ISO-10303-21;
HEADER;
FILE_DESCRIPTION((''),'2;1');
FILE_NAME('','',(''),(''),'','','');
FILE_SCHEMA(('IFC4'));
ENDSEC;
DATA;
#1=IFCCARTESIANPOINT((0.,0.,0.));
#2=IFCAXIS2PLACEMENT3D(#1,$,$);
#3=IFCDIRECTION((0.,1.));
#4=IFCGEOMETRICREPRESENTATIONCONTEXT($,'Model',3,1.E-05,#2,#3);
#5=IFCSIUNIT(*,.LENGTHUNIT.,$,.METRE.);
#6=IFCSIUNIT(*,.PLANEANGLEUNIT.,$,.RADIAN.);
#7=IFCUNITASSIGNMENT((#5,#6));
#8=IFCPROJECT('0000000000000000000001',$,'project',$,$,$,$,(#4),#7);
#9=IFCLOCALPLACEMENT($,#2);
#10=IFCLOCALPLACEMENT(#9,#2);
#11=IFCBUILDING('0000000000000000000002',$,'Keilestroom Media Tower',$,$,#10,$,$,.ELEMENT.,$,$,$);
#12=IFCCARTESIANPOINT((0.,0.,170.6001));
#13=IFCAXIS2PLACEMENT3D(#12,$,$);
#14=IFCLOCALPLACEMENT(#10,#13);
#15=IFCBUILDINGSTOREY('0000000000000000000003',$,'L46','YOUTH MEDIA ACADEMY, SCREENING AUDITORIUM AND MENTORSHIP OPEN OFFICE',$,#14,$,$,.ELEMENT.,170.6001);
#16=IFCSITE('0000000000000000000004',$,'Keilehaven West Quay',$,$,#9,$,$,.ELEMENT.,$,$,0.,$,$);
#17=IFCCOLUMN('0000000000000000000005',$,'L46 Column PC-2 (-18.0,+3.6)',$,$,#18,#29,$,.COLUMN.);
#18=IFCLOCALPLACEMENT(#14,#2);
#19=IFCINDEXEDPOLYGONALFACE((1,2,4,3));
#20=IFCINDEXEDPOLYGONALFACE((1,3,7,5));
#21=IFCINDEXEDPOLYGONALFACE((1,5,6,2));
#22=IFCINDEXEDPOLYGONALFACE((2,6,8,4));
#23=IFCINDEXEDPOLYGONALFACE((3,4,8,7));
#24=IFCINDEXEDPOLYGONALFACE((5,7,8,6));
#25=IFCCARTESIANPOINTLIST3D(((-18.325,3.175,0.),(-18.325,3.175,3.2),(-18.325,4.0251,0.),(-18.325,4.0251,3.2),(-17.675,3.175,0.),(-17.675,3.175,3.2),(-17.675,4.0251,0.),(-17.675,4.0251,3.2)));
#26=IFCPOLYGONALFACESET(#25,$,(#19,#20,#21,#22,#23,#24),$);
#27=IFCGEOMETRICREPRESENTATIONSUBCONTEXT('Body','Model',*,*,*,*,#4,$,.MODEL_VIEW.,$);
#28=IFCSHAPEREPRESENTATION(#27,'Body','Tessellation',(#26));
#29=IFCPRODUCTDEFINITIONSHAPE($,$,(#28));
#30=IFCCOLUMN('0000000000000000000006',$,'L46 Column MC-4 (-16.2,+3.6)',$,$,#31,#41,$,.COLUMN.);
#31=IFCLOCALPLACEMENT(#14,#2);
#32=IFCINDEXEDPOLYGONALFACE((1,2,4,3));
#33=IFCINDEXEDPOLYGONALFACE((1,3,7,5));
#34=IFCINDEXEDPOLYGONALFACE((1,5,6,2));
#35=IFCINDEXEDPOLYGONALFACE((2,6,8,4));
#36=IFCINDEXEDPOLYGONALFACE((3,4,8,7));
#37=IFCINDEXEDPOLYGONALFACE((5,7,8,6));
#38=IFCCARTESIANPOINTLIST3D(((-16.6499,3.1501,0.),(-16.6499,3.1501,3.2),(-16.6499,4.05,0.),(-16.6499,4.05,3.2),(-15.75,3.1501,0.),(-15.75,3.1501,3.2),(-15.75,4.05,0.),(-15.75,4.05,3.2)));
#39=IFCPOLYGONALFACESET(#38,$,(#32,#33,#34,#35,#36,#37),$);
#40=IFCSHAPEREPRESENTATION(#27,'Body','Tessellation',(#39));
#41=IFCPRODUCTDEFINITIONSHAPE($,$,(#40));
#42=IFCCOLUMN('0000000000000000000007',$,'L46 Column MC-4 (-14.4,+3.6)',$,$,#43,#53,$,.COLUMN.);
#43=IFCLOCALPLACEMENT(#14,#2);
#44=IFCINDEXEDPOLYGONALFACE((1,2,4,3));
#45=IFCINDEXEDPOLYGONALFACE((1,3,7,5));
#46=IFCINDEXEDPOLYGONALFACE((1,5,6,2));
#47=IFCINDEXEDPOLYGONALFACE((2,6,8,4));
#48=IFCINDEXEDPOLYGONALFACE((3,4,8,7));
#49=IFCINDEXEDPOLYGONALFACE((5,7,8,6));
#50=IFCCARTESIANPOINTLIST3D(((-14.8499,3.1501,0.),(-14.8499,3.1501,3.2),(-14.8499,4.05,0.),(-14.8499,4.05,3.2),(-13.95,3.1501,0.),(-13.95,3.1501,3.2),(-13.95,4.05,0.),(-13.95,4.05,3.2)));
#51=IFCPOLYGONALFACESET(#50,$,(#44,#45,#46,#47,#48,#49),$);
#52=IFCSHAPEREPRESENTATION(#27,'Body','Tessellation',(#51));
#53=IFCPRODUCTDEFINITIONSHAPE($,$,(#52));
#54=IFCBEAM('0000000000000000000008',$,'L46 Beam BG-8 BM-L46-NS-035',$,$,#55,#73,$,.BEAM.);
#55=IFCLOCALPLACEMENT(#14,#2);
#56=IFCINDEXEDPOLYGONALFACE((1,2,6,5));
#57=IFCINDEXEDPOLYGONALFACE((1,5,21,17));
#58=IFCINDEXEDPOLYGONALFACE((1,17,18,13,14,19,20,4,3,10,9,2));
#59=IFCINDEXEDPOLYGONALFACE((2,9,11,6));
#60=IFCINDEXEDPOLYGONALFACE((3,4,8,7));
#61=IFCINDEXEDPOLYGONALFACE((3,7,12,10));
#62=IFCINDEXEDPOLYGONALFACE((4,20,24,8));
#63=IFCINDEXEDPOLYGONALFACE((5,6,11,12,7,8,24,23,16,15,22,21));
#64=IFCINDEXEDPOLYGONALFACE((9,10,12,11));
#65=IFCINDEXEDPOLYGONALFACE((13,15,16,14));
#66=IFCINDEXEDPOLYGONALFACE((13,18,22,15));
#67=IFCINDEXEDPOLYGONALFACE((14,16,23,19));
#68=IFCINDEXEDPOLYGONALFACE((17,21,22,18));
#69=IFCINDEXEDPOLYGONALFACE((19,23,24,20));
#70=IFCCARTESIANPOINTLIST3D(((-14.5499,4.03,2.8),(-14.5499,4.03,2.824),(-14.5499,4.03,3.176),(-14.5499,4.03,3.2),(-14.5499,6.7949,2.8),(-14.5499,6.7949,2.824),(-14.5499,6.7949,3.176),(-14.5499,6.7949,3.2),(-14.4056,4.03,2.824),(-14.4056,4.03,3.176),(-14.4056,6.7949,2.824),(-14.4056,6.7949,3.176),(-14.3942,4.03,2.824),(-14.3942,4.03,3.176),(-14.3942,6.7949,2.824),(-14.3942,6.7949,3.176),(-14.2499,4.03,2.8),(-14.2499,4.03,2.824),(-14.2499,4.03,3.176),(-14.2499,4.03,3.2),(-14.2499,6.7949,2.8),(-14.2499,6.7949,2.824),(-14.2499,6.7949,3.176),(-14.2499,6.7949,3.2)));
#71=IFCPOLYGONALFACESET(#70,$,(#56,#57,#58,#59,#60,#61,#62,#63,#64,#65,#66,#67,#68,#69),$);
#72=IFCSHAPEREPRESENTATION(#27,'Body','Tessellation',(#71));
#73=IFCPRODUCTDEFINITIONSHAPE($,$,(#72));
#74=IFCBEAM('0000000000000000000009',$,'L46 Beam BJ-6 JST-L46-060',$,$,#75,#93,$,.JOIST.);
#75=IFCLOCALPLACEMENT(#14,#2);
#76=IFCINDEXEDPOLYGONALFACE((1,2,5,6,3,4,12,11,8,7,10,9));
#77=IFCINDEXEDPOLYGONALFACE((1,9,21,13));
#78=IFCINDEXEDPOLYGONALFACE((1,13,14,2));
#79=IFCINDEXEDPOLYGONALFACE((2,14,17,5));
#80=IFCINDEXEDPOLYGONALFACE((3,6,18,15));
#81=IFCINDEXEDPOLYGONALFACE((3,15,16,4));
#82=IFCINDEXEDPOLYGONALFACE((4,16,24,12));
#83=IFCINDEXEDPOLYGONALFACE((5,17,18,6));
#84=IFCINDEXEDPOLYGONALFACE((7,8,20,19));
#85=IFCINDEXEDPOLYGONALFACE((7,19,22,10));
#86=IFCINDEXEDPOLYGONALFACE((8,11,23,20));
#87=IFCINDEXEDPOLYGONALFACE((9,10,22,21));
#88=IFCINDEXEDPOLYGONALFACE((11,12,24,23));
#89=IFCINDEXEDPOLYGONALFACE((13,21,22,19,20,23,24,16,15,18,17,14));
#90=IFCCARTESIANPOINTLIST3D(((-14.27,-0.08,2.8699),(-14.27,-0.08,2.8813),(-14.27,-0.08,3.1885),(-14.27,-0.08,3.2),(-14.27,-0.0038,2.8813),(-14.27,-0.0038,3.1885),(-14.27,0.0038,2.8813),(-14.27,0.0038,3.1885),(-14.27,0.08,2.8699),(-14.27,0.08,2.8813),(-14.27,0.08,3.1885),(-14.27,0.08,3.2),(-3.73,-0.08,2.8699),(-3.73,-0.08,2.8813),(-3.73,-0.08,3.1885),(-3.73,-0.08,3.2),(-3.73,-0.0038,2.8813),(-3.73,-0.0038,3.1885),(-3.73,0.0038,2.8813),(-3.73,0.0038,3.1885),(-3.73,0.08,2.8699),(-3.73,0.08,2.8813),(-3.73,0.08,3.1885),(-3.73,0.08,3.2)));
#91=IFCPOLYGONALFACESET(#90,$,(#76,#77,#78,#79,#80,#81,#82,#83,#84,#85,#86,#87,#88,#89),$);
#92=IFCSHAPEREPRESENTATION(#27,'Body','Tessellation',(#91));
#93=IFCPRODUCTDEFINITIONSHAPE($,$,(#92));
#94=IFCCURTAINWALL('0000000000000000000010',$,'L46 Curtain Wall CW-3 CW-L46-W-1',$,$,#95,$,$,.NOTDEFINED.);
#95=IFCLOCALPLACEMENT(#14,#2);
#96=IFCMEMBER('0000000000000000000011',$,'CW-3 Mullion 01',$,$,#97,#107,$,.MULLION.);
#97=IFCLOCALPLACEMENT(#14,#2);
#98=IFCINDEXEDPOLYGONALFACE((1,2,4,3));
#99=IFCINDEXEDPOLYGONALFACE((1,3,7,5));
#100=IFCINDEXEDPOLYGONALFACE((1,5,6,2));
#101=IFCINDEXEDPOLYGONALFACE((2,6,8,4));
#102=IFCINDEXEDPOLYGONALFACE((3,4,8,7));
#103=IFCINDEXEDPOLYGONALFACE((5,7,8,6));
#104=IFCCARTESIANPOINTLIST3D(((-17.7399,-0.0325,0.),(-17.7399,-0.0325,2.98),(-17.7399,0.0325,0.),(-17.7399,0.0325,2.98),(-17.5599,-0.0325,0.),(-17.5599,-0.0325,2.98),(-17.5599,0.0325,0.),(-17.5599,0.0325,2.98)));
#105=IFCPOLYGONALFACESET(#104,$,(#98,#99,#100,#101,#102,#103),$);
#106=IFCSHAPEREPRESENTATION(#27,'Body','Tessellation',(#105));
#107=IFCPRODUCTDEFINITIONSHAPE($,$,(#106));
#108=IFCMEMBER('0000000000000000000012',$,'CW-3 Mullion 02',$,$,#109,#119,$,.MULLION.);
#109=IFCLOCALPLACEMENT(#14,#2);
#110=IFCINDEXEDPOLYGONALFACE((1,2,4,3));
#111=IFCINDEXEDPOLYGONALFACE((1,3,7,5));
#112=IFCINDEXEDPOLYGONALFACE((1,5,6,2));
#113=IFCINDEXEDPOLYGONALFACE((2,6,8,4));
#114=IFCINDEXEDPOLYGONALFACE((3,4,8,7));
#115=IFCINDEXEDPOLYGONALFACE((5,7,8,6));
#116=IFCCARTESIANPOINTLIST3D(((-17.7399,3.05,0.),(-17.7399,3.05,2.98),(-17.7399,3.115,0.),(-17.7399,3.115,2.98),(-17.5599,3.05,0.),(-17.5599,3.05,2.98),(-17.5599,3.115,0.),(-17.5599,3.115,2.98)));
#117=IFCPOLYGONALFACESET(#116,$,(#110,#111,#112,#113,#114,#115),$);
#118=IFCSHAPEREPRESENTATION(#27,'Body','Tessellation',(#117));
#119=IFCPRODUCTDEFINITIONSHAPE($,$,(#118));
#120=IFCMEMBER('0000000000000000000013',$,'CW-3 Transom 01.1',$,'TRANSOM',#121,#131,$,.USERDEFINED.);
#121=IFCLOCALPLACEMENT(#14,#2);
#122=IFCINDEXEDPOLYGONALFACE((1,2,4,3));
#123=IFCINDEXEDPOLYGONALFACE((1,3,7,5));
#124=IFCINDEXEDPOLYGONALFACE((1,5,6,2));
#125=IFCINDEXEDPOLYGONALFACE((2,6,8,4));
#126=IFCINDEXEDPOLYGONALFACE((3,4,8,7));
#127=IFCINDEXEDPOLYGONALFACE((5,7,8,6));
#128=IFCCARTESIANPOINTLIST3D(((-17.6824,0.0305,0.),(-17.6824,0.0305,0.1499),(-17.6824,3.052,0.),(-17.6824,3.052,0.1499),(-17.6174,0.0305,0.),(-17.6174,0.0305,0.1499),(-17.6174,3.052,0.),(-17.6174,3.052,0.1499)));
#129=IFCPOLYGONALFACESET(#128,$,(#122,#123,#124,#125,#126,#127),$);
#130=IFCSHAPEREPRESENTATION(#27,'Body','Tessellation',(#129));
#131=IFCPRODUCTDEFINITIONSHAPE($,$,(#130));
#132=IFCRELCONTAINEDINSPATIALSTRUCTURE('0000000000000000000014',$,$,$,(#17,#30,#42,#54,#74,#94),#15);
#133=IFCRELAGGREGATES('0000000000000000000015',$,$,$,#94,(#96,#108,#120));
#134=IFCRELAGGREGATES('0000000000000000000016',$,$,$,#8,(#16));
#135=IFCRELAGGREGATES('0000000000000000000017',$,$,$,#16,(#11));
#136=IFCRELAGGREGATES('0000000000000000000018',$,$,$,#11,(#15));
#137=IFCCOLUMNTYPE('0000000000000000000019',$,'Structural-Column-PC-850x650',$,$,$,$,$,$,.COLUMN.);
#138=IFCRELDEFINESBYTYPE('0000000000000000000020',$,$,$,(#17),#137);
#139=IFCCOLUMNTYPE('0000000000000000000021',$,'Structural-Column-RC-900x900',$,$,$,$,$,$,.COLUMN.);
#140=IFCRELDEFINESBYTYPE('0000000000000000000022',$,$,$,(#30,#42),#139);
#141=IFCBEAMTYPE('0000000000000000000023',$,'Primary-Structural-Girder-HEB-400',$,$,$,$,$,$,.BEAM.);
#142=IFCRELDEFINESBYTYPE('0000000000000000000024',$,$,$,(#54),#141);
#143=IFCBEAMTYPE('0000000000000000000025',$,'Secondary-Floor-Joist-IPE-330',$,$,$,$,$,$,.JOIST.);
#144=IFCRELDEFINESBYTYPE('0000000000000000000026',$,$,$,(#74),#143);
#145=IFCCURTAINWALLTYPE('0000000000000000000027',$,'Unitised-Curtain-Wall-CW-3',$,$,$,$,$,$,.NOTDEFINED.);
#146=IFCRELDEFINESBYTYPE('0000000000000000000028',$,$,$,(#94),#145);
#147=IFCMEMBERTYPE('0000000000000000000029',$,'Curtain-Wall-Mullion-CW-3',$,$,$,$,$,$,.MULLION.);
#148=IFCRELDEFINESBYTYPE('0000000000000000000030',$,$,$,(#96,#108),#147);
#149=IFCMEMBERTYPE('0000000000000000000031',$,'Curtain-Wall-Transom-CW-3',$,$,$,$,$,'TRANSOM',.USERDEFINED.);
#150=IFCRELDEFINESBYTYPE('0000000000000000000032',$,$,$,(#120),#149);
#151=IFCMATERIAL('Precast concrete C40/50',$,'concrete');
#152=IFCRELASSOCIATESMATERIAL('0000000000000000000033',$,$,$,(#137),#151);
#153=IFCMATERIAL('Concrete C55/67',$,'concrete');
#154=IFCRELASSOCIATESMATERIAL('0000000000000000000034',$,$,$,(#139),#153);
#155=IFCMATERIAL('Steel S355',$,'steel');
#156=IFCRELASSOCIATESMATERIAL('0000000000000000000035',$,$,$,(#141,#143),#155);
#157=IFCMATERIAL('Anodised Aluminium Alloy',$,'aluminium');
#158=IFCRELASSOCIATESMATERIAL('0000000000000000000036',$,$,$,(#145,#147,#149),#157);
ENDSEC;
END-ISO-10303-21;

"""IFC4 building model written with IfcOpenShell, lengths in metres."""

from ifc_helpers import new_model, si_unit, direction, frame, origin, origin_2d, place, context, subcontext, project, spatial, rectangle, i_section, extrude, source, transform, mapped, material, material_profile, profile_set, type_object, element, aggregate, save


model = new_model("IFC4")

# Units and contexts
model_context = context("Model", 3, precision=1e-05, world=origin(), true_north=direction((0.0, 1.0)))
body_context = subcontext(model_context, "Body", "Model", "MODEL_VIEW")
ifc_project = project(units=[si_unit("LENGTHUNIT", "METRE"), si_unit("PLANEANGLEUNIT", "RADIAN")], contexts=[model_context])

# Site, building, storey
site_placement = place(None, origin())
site = spatial("IfcSite", under=ifc_project, at=site_placement, Name="Keilehaven West Quay", CompositionType="ELEMENT", RefElevation=0.0)
building_placement = place(site_placement, origin())
building = spatial("IfcBuilding", under=site, at=building_placement, Name="Keilestroom Media Tower", CompositionType="ELEMENT")
storey_placement = place(building_placement, frame((0.0, 0.0, 170.6001)))
storey = spatial("IfcBuildingStorey", under=building, at=storey_placement, Name="L46", Description="YOUTH MEDIA ACADEMY, SCREENING AUDITORIUM AND MENTORSHIP OPEN OFFICE", CompositionType="ELEMENT", Elevation=170.6001)

# Columns
ifc_material_1 = material(Name="Precast concrete C40/50", Category="concrete")
ifc_material_profile_1 = material_profile(ifc_material_1, rectangle(XDim=0.6499, YDim=0.8501, at=origin_2d()), Name="PC 850x650")
ifc_profile_set_1 = profile_set([ifc_material_profile_1], Name="Precast concrete C40/50")
column_type_1 = type_object("IfcColumnType", Name="Structural-Column-PC-850x650", PredefinedType="COLUMN", material=ifc_profile_set_1)
shared_shape_1 = source(origin(), body_context, "Body", "SweptSolid", [
    extrude(rectangle(XDim=0.6499, YDim=0.8501, at=origin_2d()), origin(), (0.0, 0.0, 1.0), 3.2),
])
column_placement = place(storey_placement, frame((-18.0, 3.6001, 0.0), z_axis=(0.0, 0.0, 1.0), x_axis=(1.0, 0.0, 0.0)))
element("IfcColumn", 1, at=column_placement, inside=storey, type_object=column_type_1, Name="L46 Column PC-2 (-18.0,+3.6)", PredefinedType="COLUMN", context=body_context, shape_type="MappedRepresentation", body=[
    mapped(shared_shape_1, transform((0.0, 0.0, 0.0), x_axis=(1.0, 0.0, 0.0), y_axis=(0.0, 1.0, 0.0), z_axis=(0.0, 0.0, 1.0), scale=1.0)),
])
ifc_material_2 = material(Name="Concrete C55/67", Category="concrete")
ifc_material_profile_2 = material_profile(ifc_material_2, rectangle(XDim=0.8999, YDim=0.8999, at=origin_2d()), Name="RC 900x900")
ifc_profile_set_2 = profile_set([ifc_material_profile_2], Name="Concrete C55/67")
column_type_2 = type_object("IfcColumnType", Name="Structural-Column-RC-900x900", PredefinedType="COLUMN", material=ifc_profile_set_2)
shared_shape_2 = source(origin(), body_context, "Body", "SweptSolid", [
    extrude(rectangle(XDim=0.8999, YDim=0.8999, at=origin_2d()), origin(), (0.0, 0.0, 1.0), 3.2),
])
for number, where, z_axis, x_axis, name in (
    (2, (-16.2, 3.6001, 0.0), (0.0, 0.0, 1.0), (1.0, 0.0, 0.0), "L46 Column MC-4 (-16.2,+3.6)"),
    (3, (-14.3999, 3.6001, 0.0), (0.0, 0.0, 1.0), (1.0, 0.0, 0.0), "L46 Column MC-4 (-14.4,+3.6)"),
):
    element("IfcColumn", number, at=place(storey_placement, frame(where, z_axis=z_axis, x_axis=x_axis)), inside=storey, type_object=column_type_2, Name=name, PredefinedType="COLUMN", context=body_context, shape_type="MappedRepresentation", body=[
        mapped(shared_shape_2, transform((0.0, 0.0, 0.0), x_axis=(1.0, 0.0, 0.0), y_axis=(0.0, 1.0, 0.0), z_axis=(0.0, 0.0, 1.0), scale=1.0)),
    ])

# Beams
ifc_material_3 = material(Name="Steel S355", Category="steel")
ifc_material_profile_3 = material_profile(ifc_material_3, i_section(OverallWidth=0.3, OverallDepth=0.3999, WebThickness=0.0115, FlangeThickness=0.0239, at=origin_2d()), Name="HEB 400")
ifc_profile_set_3 = profile_set([ifc_material_profile_3], Name="Steel S355")
beam_type_1 = type_object("IfcBeamType", Name="Primary-Structural-Girder-HEB-400", PredefinedType="BEAM", material=ifc_profile_set_3)
shared_shape_3 = source(origin(), body_context, "Body", "SweptSolid", [
    extrude(i_section(OverallWidth=0.3, OverallDepth=0.3999, WebThickness=0.0115, FlangeThickness=0.0239, at=origin_2d()), origin(), (0.0, 0.0, 1.0), 2.7649),
])
beam_1_placement = place(storey_placement, frame((-14.3999, 4.03, 3.0), z_axis=(0.0, 1.0, 0.0), x_axis=(-1.0, 0.0, 0.0)))
element("IfcBeam", 4, at=beam_1_placement, inside=storey, type_object=beam_type_1, Name="L46 Beam BG-8 BM-L46-NS-035", PredefinedType="BEAM", context=body_context, shape_type="MappedRepresentation", body=[
    mapped(shared_shape_3, transform((0.0, 0.0, 0.0), x_axis=(1.0, 0.0, 0.0), y_axis=(0.0, 1.0, 0.0), z_axis=(0.0, 0.0, 1.0), scale=1.0)),
])
ifc_material_profile_4 = material_profile(ifc_material_3, i_section(OverallWidth=0.1599, OverallDepth=0.3301, WebThickness=0.0076, FlangeThickness=0.0115, at=origin_2d()), Name="IPE 330")
ifc_profile_set_4 = profile_set([ifc_material_profile_4], Name="Steel S355")
beam_type_2 = type_object("IfcBeamType", Name="Secondary-Floor-Joist-IPE-330", PredefinedType="JOIST", material=ifc_profile_set_4)
shared_shape_4 = source(origin(), body_context, "Body", "SweptSolid", [
    extrude(i_section(OverallWidth=0.1599, OverallDepth=0.3301, WebThickness=0.0076, FlangeThickness=0.0115, at=origin_2d()), origin(), (0.0, 0.0, 1.0), 10.54),
])
beam_2_placement = place(storey_placement, frame((-14.27, 0.0, 3.0349), z_axis=(1.0, 0.0, 0.0), x_axis=(0.0, 1.0, 0.0)))
element("IfcBeam", 5, at=beam_2_placement, inside=storey, type_object=beam_type_2, Name="L46 Beam BJ-6 JST-L46-060", PredefinedType="JOIST", context=body_context, shape_type="MappedRepresentation", body=[
    mapped(shared_shape_4, transform((0.0, 0.0, 0.0), x_axis=(1.0, 0.0, 0.0), y_axis=(0.0, 1.0, 0.0), z_axis=(0.0, 0.0, 1.0), scale=1.0)),
])

# Curtain wall, members
ifc_material_4 = material(Name="Anodised Aluminium Alloy", Category="aluminium")
curtain_wall_type = type_object("IfcCurtainWallType", Name="Unitised-Curtain-Wall-CW-3", PredefinedType="NOTDEFINED", material=ifc_material_4)
curtain_wall_placement = place(storey_placement, origin())
curtain_wall = element("IfcCurtainWall", 6, at=curtain_wall_placement, inside=storey, type_object=curtain_wall_type, Name="L46 Curtain Wall CW-3 CW-L46-W-1", PredefinedType="NOTDEFINED")
ifc_material_profile_5 = material_profile(ifc_material_4, rectangle(XDim=0.0649, YDim=0.1799, at=origin_2d()), Name="ALU MULLION 65x180")
ifc_profile_set_5 = profile_set([ifc_material_profile_5], Name="Anodised Aluminium Alloy")
member_type_1 = type_object("IfcMemberType", Name="Curtain-Wall-Mullion-CW-3", PredefinedType="MULLION", material=ifc_profile_set_5)
shared_shape_5 = source(origin(), body_context, "Body", "SweptSolid", [
    extrude(rectangle(XDim=0.0649, YDim=0.1799, at=origin_2d()), origin(), (0.0, 0.0, 1.0), 2.98),
])
member_1_placement = place(storey_placement, frame((-17.6499, 0.0, 0.0), z_axis=(0.0, 0.0, 1.0), x_axis=(0.0, 1.0, 0.0)))
member_1 = element("IfcMember", 7, at=member_1_placement, type_object=member_type_1, Name="CW-3 Mullion 01", PredefinedType="MULLION", context=body_context, shape_type="MappedRepresentation", body=[
    mapped(shared_shape_5, transform((0.0, 0.0, 0.0), x_axis=(1.0, 0.0, 0.0), y_axis=(0.0, 1.0, 0.0), z_axis=(0.0, 0.0, 1.0), scale=1.0)),
])
member_2_placement = place(storey_placement, frame((-17.6499, 3.0825, 0.0), z_axis=(0.0, 0.0, 1.0), x_axis=(0.0, 1.0, 0.0)))
member_2 = element("IfcMember", 8, at=member_2_placement, type_object=member_type_1, Name="CW-3 Mullion 02", PredefinedType="MULLION", context=body_context, shape_type="MappedRepresentation", body=[
    mapped(shared_shape_5, transform((0.0, 0.0, 0.0), x_axis=(1.0, 0.0, 0.0), y_axis=(0.0, 1.0, 0.0), z_axis=(0.0, 0.0, 1.0), scale=1.0)),
])
ifc_material_profile_6 = material_profile(ifc_material_4, rectangle(XDim=0.0649, YDim=0.1499, at=origin_2d()), Name="ALU TRANSOM 65x150")
ifc_profile_set_6 = profile_set([ifc_material_profile_6], Name="Anodised Aluminium Alloy")
member_type_2 = type_object("IfcMemberType", Name="Curtain-Wall-Transom-CW-3", ElementType="TRANSOM", PredefinedType="USERDEFINED", material=ifc_profile_set_6)
shared_shape_6 = source(origin(), body_context, "Body", "SweptSolid", [
    extrude(rectangle(XDim=0.0649, YDim=0.1499, at=origin_2d()), origin(), (0.0, 0.0, 1.0), 3.0215),
])
member_3_placement = place(storey_placement, frame((-17.6499, 0.0305, 0.075), z_axis=(0.0, 1.0, 0.0), x_axis=(-1.0, 0.0, 0.0)))
member_3 = element("IfcMember", 9, at=member_3_placement, type_object=member_type_2, Name="CW-3 Transom 01.1", ObjectType="TRANSOM", PredefinedType="USERDEFINED", context=body_context, shape_type="MappedRepresentation", body=[
    mapped(shared_shape_6, transform((0.0, 0.0, 0.0), x_axis=(1.0, 0.0, 0.0), y_axis=(0.0, 1.0, 0.0), z_axis=(0.0, 0.0, 1.0), scale=1.0)),
])

aggregate(curtain_wall, [member_1, member_2, member_3])

save(model, "model.ifc")
